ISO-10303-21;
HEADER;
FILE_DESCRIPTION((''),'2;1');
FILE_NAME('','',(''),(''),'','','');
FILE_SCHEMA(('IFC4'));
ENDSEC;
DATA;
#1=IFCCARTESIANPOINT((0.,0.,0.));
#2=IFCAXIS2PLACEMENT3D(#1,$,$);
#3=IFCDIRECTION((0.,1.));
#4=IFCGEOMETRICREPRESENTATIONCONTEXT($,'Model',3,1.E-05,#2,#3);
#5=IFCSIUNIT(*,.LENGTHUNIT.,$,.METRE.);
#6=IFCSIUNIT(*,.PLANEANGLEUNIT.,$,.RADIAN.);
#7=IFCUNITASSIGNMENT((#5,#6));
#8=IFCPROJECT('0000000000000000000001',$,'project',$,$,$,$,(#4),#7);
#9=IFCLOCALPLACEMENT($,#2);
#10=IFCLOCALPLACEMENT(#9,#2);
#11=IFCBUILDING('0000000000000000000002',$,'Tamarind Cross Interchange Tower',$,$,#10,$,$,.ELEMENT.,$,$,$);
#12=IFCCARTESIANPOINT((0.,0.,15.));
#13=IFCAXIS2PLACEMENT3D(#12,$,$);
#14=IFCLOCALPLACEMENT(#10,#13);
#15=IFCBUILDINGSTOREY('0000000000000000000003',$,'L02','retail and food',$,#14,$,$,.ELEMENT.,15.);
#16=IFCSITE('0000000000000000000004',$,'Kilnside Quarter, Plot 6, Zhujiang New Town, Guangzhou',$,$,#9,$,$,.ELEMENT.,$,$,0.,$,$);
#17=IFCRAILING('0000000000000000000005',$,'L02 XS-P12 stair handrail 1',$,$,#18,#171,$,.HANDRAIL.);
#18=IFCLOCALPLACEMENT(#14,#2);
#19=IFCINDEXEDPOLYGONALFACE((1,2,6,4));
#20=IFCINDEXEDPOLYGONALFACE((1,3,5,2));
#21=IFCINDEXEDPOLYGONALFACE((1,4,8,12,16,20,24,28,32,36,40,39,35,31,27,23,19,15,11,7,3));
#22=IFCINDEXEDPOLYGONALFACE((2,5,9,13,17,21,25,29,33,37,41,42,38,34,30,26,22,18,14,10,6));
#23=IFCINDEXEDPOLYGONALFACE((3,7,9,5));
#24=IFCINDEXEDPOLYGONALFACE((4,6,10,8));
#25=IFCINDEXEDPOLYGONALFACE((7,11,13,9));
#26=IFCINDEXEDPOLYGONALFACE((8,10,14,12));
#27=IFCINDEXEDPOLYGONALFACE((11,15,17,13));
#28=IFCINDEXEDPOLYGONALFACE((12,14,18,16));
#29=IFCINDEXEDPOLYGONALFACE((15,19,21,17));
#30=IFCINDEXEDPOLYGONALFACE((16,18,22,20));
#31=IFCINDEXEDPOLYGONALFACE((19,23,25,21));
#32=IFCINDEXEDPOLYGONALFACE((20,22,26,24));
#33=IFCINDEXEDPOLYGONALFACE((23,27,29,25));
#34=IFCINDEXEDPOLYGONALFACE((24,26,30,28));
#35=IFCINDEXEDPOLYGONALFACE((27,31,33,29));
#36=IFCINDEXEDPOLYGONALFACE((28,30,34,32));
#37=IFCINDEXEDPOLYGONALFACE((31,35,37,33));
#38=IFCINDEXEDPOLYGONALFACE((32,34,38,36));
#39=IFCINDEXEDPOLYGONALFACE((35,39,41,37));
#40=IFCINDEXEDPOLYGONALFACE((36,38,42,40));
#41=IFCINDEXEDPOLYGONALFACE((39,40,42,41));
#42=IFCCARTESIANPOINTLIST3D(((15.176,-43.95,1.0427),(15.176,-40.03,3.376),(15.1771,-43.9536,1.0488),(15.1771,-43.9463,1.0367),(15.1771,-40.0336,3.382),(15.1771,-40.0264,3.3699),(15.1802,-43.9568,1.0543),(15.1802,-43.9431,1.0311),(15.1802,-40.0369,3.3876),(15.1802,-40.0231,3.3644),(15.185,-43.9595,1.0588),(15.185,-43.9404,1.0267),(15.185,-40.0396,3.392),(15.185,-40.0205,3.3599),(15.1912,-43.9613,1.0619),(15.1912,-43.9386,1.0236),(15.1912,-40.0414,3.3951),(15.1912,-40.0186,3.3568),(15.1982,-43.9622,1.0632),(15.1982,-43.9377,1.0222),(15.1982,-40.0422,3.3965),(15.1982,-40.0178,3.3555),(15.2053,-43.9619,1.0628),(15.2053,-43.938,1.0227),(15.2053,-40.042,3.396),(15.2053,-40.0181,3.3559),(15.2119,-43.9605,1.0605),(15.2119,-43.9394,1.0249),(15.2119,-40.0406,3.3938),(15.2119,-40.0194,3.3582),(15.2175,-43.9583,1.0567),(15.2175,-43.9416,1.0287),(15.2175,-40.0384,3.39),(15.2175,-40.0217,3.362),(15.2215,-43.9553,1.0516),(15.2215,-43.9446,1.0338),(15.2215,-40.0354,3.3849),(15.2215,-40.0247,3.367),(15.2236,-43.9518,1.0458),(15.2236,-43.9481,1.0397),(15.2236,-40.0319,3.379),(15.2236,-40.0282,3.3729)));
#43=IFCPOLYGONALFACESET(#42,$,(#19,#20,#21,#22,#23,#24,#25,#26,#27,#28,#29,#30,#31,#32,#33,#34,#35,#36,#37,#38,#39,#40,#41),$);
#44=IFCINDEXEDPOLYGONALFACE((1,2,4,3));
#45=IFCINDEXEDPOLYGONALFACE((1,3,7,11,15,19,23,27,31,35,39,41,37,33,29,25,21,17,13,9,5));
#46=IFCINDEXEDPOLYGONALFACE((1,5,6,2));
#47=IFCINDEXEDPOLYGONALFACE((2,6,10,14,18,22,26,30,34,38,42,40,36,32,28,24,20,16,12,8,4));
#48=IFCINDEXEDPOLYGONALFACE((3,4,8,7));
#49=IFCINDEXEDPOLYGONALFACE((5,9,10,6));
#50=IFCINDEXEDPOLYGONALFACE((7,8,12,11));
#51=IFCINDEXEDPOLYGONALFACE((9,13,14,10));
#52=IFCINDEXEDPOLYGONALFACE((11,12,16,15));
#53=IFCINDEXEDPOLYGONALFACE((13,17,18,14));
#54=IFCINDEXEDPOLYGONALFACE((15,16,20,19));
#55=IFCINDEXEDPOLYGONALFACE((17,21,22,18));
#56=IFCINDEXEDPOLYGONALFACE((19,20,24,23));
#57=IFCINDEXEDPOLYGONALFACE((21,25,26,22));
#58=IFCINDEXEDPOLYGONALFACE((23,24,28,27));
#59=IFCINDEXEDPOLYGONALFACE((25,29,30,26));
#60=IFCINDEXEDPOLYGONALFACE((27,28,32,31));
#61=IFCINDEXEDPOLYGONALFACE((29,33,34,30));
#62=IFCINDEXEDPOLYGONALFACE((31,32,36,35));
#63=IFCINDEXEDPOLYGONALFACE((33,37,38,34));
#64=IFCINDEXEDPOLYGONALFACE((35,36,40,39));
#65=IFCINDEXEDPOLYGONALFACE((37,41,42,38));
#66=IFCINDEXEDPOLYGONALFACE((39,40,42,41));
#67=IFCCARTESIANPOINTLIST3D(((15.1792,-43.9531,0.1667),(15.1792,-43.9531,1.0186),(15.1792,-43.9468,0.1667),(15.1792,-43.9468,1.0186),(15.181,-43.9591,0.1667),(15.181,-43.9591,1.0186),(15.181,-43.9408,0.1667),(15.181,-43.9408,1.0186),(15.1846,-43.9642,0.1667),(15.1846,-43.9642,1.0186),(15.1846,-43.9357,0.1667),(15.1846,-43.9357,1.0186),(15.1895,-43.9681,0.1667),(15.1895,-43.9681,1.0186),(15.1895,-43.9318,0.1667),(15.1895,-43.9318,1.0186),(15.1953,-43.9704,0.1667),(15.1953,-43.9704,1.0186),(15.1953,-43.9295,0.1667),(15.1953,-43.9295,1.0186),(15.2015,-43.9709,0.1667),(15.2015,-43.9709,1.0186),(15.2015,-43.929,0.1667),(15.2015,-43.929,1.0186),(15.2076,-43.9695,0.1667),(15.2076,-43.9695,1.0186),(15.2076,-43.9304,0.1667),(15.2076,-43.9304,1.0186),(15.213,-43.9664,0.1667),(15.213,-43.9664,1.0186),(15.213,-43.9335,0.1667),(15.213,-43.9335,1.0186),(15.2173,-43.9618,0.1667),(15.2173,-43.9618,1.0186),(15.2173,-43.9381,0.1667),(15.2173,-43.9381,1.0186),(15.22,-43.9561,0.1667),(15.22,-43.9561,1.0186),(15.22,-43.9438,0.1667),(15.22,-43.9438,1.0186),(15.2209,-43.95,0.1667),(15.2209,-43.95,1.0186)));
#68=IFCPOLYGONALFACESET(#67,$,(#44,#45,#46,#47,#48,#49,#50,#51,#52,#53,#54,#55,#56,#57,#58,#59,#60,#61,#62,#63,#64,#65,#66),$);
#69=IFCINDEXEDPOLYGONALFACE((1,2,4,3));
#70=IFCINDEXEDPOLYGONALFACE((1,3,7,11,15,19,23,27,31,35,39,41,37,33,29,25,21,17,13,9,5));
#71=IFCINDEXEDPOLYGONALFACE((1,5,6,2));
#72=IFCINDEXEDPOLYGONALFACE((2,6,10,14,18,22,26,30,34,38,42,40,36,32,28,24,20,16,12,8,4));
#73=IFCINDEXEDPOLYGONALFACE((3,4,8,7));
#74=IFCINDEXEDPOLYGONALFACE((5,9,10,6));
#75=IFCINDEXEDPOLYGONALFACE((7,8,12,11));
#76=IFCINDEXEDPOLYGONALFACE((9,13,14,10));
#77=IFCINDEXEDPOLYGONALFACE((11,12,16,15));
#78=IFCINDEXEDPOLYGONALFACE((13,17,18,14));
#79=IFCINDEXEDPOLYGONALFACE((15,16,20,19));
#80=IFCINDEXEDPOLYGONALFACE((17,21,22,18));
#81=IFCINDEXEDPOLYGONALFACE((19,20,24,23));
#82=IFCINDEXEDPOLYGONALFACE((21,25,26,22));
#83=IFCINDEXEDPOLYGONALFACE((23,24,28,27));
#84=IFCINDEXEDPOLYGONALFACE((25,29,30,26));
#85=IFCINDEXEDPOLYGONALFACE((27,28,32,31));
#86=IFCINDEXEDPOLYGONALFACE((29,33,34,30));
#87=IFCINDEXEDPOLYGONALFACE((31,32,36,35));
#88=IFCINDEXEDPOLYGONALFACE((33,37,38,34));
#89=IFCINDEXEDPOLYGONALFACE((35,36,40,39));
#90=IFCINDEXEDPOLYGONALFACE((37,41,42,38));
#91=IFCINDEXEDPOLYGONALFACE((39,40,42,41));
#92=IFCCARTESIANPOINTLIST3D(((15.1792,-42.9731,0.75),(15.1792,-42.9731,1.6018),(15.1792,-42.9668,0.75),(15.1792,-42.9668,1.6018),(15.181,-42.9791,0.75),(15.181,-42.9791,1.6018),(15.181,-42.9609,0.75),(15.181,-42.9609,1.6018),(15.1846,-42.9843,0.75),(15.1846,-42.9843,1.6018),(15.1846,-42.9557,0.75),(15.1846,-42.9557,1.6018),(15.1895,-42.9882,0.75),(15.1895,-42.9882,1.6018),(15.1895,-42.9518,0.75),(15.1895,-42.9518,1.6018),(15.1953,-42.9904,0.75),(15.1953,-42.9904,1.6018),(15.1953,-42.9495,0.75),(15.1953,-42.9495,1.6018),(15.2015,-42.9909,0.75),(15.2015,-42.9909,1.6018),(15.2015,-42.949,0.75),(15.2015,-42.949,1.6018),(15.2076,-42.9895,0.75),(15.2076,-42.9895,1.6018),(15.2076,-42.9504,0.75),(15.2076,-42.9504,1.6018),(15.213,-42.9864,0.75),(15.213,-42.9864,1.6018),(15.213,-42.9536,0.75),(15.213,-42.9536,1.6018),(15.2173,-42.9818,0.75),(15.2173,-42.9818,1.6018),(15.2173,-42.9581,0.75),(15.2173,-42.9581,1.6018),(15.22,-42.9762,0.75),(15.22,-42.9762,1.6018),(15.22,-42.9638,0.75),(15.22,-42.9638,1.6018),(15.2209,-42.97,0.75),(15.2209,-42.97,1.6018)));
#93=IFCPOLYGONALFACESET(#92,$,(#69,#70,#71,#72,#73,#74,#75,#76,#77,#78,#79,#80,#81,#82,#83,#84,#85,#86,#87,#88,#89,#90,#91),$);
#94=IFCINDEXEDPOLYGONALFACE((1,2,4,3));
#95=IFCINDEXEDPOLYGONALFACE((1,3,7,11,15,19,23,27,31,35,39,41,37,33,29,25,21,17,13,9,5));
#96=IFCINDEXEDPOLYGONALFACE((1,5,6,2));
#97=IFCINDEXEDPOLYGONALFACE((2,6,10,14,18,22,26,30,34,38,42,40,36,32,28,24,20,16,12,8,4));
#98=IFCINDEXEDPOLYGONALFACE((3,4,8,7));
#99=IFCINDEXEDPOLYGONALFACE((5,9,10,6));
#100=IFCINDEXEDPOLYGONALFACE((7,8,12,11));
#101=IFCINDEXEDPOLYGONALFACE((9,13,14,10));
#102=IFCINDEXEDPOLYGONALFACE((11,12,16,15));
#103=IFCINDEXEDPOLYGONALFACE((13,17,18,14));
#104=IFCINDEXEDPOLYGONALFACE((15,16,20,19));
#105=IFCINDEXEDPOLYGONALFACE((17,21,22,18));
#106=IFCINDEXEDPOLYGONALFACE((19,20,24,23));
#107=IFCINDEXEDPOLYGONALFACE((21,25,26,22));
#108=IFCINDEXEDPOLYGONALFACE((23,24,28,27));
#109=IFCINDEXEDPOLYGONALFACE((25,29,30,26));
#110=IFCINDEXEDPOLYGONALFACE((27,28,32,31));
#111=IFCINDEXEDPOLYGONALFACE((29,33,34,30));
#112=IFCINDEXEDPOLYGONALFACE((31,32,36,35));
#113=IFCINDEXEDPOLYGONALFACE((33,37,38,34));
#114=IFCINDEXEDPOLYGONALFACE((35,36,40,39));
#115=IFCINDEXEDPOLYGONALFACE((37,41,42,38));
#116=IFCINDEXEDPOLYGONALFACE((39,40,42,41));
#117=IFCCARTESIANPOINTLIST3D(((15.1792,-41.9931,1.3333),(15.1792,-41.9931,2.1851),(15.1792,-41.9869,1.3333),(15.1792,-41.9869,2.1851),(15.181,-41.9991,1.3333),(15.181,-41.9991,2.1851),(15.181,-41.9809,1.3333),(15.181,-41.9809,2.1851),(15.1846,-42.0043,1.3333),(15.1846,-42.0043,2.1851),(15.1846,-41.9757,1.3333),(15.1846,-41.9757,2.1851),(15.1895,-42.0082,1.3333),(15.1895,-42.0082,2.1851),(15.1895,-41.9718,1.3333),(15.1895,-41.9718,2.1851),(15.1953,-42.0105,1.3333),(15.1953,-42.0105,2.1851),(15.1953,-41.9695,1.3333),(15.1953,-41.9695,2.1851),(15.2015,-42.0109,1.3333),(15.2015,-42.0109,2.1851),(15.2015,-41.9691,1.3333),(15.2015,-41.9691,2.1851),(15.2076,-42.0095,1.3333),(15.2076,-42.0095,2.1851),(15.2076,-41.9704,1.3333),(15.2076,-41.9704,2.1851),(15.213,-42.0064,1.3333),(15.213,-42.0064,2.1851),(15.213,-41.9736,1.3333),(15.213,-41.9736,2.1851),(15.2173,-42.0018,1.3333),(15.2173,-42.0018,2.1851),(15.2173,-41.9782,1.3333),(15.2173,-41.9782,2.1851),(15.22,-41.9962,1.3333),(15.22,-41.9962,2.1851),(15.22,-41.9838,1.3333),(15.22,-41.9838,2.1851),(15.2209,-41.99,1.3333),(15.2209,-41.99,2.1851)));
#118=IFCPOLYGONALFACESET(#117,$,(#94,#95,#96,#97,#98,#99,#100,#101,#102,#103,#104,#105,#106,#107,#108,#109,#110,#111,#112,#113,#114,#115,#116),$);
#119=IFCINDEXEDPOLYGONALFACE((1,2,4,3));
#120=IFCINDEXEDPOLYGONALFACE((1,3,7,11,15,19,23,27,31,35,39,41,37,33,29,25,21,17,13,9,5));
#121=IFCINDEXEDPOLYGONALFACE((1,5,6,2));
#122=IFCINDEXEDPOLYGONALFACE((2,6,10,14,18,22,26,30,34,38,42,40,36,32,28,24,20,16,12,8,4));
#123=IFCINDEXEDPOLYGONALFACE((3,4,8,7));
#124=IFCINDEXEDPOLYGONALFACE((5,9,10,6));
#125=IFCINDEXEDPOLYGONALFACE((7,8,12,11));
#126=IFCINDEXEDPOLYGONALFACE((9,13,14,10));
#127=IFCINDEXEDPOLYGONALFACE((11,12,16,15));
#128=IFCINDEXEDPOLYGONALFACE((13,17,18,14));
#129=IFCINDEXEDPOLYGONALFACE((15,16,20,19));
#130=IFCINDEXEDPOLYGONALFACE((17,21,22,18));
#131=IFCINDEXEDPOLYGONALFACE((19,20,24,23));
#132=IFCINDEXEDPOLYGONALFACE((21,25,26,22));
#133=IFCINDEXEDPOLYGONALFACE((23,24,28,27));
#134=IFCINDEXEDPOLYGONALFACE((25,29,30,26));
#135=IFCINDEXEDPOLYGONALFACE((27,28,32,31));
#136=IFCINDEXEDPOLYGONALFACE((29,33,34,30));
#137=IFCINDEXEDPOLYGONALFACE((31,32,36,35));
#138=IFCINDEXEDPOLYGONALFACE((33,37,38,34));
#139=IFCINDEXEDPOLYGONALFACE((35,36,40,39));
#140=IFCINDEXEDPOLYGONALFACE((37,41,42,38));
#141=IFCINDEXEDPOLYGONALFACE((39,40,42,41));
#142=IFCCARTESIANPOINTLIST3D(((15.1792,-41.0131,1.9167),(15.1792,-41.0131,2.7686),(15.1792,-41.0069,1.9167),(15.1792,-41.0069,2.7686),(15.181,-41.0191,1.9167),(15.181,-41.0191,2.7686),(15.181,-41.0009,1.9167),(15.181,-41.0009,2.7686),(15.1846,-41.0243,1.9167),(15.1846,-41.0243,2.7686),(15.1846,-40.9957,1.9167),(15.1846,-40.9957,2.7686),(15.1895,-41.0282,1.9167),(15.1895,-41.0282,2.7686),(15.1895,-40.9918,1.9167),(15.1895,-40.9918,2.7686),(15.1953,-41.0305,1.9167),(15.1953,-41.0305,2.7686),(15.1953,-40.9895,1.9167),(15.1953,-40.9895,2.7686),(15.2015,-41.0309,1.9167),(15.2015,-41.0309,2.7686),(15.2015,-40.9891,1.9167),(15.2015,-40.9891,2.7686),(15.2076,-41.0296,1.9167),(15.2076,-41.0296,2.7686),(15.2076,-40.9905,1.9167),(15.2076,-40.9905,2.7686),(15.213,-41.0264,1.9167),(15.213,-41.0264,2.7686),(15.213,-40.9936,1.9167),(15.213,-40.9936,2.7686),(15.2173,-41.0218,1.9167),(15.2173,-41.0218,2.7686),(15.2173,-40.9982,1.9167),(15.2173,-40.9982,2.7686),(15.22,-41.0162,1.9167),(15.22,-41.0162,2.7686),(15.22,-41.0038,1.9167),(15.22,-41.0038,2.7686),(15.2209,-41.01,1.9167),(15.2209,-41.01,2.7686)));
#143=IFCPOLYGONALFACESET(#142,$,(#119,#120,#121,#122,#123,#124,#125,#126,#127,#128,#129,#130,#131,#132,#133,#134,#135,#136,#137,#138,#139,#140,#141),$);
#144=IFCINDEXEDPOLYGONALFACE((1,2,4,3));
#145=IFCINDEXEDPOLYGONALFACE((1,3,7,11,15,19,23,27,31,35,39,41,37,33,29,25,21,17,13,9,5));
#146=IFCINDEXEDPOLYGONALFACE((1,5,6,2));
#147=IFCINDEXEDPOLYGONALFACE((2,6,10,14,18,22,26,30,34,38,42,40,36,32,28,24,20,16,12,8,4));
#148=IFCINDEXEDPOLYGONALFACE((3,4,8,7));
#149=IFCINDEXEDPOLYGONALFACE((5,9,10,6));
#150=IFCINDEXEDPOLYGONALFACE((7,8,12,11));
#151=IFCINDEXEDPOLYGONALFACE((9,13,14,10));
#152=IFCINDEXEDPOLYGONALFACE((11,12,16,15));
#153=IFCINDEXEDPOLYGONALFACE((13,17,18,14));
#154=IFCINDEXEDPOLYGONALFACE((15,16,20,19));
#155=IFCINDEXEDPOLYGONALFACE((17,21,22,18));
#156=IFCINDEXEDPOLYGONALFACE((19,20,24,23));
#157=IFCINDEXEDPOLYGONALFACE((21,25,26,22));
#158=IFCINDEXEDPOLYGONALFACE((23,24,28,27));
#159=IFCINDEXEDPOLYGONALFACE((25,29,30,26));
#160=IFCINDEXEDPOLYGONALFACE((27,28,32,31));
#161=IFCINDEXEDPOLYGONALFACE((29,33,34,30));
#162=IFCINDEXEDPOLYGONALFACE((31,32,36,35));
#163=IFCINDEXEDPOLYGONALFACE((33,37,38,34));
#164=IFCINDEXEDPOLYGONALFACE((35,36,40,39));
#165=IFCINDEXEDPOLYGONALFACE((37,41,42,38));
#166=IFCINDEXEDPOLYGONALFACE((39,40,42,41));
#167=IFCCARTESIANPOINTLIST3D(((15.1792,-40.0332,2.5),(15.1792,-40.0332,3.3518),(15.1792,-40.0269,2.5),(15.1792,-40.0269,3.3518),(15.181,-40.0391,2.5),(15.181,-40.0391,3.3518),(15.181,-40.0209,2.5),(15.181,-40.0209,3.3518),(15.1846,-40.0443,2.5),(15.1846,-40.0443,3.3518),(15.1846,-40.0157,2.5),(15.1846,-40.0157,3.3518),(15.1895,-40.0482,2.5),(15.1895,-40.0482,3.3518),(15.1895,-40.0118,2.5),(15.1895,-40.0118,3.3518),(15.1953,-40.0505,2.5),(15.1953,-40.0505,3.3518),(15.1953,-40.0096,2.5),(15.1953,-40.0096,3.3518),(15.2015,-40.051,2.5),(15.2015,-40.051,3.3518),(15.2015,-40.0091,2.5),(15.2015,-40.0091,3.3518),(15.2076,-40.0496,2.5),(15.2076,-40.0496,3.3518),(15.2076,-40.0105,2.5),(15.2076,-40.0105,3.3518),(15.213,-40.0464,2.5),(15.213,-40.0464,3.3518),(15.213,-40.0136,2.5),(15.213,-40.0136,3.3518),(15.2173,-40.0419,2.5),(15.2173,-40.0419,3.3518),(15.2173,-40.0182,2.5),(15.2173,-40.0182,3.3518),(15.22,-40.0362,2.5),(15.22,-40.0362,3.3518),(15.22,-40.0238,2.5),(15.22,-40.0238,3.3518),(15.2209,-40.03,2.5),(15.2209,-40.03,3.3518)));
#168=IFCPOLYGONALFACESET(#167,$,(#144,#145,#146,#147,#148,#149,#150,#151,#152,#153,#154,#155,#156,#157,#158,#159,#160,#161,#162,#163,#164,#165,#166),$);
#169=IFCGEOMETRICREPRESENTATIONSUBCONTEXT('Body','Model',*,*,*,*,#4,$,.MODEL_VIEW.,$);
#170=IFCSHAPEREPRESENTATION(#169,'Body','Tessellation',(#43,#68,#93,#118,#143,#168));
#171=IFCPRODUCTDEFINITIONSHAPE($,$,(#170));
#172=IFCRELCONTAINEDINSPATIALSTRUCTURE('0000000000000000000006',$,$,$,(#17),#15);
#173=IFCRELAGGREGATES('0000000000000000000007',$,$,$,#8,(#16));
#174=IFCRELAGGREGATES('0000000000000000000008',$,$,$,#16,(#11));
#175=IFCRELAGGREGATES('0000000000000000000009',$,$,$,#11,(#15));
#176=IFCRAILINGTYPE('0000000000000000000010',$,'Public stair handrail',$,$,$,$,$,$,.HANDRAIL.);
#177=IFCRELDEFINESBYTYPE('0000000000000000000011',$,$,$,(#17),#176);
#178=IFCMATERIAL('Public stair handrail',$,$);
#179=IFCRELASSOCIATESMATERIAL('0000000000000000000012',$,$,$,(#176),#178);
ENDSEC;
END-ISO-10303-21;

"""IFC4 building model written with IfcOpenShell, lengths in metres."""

from ifc_helpers import new_model, si_unit, direction, frame, origin, origin_2d, place, context, subcontext, project, spatial, circle, extrude, material, type_object, element, save


model = new_model("IFC4")

# Units and contexts
model_context = context("Model", 3, precision=1e-05, world=origin(), true_north=direction((0.0, 1.0)))
body_context = subcontext(model_context, "Body", "Model", "MODEL_VIEW")
ifc_project = project(units=[si_unit("LENGTHUNIT", "METRE"), si_unit("PLANEANGLEUNIT", "RADIAN")], contexts=[model_context])

# Site, building, storey
site_placement = place(None, origin())
site = spatial("IfcSite", under=ifc_project, at=site_placement, Name="Kilnside Quarter, Plot 6, Zhujiang New Town, Guangzhou", CompositionType="ELEMENT", RefElevation=0.0)
building_placement = place(site_placement, origin())
building = spatial("IfcBuilding", under=site, at=building_placement, Name="Tamarind Cross Interchange Tower", CompositionType="ELEMENT")
storey_placement = place(building_placement, frame((0.0, 0.0, 15.0)))
storey = spatial("IfcBuildingStorey", under=building, at=storey_placement, Name="L02", Description="retail and food", CompositionType="ELEMENT", Elevation=15.0)

# Railing
ifc_material_1 = material(Name="Public stair handrail")
railing_type_1 = type_object("IfcRailingType", Name="Public stair handrail", PredefinedType="HANDRAIL", material=ifc_material_1)
railing_1_placement = place(storey_placement, frame((15.2, -43.95, 0.1667)))
element("IfcRailing", 1, at=railing_1_placement, inside=storey, type_object=railing_type_1, Name="L02 XS-P12 stair handrail 1", PredefinedType="HANDRAIL", context=body_context, shape_type="SweptSolid", body=[
    extrude(circle(Radius=0.0239, at=origin_2d()), frame((0.0, 0.0, 0.876), z_axis=(0.0, 0.859296, 0.511478), x_axis=(-1.0, 0.0, 0.0)), (0.0, 0.0, 1.0), 4.5618),
    extrude(circle(Radius=0.021, at=origin_2d()), origin(), (0.0, 0.0, 1.0), 0.8518),
    extrude(circle(Radius=0.021, at=origin_2d()), frame((0.0, 0.98, 0.5833)), (0.0, 0.0, 1.0), 0.8518),
    extrude(circle(Radius=0.021, at=origin_2d()), frame((0.0, 1.96, 1.1665)), (0.0, 0.0, 1.0), 0.8518),
    extrude(circle(Radius=0.021, at=origin_2d()), frame((0.0, 2.9399, 1.75)), (0.0, 0.0, 1.0), 0.8518),
    extrude(circle(Radius=0.021, at=origin_2d()), frame((0.0, 3.9199, 2.3333)), (0.0, 0.0, 1.0), 0.8518),
])

save(model, "model.ifc")
